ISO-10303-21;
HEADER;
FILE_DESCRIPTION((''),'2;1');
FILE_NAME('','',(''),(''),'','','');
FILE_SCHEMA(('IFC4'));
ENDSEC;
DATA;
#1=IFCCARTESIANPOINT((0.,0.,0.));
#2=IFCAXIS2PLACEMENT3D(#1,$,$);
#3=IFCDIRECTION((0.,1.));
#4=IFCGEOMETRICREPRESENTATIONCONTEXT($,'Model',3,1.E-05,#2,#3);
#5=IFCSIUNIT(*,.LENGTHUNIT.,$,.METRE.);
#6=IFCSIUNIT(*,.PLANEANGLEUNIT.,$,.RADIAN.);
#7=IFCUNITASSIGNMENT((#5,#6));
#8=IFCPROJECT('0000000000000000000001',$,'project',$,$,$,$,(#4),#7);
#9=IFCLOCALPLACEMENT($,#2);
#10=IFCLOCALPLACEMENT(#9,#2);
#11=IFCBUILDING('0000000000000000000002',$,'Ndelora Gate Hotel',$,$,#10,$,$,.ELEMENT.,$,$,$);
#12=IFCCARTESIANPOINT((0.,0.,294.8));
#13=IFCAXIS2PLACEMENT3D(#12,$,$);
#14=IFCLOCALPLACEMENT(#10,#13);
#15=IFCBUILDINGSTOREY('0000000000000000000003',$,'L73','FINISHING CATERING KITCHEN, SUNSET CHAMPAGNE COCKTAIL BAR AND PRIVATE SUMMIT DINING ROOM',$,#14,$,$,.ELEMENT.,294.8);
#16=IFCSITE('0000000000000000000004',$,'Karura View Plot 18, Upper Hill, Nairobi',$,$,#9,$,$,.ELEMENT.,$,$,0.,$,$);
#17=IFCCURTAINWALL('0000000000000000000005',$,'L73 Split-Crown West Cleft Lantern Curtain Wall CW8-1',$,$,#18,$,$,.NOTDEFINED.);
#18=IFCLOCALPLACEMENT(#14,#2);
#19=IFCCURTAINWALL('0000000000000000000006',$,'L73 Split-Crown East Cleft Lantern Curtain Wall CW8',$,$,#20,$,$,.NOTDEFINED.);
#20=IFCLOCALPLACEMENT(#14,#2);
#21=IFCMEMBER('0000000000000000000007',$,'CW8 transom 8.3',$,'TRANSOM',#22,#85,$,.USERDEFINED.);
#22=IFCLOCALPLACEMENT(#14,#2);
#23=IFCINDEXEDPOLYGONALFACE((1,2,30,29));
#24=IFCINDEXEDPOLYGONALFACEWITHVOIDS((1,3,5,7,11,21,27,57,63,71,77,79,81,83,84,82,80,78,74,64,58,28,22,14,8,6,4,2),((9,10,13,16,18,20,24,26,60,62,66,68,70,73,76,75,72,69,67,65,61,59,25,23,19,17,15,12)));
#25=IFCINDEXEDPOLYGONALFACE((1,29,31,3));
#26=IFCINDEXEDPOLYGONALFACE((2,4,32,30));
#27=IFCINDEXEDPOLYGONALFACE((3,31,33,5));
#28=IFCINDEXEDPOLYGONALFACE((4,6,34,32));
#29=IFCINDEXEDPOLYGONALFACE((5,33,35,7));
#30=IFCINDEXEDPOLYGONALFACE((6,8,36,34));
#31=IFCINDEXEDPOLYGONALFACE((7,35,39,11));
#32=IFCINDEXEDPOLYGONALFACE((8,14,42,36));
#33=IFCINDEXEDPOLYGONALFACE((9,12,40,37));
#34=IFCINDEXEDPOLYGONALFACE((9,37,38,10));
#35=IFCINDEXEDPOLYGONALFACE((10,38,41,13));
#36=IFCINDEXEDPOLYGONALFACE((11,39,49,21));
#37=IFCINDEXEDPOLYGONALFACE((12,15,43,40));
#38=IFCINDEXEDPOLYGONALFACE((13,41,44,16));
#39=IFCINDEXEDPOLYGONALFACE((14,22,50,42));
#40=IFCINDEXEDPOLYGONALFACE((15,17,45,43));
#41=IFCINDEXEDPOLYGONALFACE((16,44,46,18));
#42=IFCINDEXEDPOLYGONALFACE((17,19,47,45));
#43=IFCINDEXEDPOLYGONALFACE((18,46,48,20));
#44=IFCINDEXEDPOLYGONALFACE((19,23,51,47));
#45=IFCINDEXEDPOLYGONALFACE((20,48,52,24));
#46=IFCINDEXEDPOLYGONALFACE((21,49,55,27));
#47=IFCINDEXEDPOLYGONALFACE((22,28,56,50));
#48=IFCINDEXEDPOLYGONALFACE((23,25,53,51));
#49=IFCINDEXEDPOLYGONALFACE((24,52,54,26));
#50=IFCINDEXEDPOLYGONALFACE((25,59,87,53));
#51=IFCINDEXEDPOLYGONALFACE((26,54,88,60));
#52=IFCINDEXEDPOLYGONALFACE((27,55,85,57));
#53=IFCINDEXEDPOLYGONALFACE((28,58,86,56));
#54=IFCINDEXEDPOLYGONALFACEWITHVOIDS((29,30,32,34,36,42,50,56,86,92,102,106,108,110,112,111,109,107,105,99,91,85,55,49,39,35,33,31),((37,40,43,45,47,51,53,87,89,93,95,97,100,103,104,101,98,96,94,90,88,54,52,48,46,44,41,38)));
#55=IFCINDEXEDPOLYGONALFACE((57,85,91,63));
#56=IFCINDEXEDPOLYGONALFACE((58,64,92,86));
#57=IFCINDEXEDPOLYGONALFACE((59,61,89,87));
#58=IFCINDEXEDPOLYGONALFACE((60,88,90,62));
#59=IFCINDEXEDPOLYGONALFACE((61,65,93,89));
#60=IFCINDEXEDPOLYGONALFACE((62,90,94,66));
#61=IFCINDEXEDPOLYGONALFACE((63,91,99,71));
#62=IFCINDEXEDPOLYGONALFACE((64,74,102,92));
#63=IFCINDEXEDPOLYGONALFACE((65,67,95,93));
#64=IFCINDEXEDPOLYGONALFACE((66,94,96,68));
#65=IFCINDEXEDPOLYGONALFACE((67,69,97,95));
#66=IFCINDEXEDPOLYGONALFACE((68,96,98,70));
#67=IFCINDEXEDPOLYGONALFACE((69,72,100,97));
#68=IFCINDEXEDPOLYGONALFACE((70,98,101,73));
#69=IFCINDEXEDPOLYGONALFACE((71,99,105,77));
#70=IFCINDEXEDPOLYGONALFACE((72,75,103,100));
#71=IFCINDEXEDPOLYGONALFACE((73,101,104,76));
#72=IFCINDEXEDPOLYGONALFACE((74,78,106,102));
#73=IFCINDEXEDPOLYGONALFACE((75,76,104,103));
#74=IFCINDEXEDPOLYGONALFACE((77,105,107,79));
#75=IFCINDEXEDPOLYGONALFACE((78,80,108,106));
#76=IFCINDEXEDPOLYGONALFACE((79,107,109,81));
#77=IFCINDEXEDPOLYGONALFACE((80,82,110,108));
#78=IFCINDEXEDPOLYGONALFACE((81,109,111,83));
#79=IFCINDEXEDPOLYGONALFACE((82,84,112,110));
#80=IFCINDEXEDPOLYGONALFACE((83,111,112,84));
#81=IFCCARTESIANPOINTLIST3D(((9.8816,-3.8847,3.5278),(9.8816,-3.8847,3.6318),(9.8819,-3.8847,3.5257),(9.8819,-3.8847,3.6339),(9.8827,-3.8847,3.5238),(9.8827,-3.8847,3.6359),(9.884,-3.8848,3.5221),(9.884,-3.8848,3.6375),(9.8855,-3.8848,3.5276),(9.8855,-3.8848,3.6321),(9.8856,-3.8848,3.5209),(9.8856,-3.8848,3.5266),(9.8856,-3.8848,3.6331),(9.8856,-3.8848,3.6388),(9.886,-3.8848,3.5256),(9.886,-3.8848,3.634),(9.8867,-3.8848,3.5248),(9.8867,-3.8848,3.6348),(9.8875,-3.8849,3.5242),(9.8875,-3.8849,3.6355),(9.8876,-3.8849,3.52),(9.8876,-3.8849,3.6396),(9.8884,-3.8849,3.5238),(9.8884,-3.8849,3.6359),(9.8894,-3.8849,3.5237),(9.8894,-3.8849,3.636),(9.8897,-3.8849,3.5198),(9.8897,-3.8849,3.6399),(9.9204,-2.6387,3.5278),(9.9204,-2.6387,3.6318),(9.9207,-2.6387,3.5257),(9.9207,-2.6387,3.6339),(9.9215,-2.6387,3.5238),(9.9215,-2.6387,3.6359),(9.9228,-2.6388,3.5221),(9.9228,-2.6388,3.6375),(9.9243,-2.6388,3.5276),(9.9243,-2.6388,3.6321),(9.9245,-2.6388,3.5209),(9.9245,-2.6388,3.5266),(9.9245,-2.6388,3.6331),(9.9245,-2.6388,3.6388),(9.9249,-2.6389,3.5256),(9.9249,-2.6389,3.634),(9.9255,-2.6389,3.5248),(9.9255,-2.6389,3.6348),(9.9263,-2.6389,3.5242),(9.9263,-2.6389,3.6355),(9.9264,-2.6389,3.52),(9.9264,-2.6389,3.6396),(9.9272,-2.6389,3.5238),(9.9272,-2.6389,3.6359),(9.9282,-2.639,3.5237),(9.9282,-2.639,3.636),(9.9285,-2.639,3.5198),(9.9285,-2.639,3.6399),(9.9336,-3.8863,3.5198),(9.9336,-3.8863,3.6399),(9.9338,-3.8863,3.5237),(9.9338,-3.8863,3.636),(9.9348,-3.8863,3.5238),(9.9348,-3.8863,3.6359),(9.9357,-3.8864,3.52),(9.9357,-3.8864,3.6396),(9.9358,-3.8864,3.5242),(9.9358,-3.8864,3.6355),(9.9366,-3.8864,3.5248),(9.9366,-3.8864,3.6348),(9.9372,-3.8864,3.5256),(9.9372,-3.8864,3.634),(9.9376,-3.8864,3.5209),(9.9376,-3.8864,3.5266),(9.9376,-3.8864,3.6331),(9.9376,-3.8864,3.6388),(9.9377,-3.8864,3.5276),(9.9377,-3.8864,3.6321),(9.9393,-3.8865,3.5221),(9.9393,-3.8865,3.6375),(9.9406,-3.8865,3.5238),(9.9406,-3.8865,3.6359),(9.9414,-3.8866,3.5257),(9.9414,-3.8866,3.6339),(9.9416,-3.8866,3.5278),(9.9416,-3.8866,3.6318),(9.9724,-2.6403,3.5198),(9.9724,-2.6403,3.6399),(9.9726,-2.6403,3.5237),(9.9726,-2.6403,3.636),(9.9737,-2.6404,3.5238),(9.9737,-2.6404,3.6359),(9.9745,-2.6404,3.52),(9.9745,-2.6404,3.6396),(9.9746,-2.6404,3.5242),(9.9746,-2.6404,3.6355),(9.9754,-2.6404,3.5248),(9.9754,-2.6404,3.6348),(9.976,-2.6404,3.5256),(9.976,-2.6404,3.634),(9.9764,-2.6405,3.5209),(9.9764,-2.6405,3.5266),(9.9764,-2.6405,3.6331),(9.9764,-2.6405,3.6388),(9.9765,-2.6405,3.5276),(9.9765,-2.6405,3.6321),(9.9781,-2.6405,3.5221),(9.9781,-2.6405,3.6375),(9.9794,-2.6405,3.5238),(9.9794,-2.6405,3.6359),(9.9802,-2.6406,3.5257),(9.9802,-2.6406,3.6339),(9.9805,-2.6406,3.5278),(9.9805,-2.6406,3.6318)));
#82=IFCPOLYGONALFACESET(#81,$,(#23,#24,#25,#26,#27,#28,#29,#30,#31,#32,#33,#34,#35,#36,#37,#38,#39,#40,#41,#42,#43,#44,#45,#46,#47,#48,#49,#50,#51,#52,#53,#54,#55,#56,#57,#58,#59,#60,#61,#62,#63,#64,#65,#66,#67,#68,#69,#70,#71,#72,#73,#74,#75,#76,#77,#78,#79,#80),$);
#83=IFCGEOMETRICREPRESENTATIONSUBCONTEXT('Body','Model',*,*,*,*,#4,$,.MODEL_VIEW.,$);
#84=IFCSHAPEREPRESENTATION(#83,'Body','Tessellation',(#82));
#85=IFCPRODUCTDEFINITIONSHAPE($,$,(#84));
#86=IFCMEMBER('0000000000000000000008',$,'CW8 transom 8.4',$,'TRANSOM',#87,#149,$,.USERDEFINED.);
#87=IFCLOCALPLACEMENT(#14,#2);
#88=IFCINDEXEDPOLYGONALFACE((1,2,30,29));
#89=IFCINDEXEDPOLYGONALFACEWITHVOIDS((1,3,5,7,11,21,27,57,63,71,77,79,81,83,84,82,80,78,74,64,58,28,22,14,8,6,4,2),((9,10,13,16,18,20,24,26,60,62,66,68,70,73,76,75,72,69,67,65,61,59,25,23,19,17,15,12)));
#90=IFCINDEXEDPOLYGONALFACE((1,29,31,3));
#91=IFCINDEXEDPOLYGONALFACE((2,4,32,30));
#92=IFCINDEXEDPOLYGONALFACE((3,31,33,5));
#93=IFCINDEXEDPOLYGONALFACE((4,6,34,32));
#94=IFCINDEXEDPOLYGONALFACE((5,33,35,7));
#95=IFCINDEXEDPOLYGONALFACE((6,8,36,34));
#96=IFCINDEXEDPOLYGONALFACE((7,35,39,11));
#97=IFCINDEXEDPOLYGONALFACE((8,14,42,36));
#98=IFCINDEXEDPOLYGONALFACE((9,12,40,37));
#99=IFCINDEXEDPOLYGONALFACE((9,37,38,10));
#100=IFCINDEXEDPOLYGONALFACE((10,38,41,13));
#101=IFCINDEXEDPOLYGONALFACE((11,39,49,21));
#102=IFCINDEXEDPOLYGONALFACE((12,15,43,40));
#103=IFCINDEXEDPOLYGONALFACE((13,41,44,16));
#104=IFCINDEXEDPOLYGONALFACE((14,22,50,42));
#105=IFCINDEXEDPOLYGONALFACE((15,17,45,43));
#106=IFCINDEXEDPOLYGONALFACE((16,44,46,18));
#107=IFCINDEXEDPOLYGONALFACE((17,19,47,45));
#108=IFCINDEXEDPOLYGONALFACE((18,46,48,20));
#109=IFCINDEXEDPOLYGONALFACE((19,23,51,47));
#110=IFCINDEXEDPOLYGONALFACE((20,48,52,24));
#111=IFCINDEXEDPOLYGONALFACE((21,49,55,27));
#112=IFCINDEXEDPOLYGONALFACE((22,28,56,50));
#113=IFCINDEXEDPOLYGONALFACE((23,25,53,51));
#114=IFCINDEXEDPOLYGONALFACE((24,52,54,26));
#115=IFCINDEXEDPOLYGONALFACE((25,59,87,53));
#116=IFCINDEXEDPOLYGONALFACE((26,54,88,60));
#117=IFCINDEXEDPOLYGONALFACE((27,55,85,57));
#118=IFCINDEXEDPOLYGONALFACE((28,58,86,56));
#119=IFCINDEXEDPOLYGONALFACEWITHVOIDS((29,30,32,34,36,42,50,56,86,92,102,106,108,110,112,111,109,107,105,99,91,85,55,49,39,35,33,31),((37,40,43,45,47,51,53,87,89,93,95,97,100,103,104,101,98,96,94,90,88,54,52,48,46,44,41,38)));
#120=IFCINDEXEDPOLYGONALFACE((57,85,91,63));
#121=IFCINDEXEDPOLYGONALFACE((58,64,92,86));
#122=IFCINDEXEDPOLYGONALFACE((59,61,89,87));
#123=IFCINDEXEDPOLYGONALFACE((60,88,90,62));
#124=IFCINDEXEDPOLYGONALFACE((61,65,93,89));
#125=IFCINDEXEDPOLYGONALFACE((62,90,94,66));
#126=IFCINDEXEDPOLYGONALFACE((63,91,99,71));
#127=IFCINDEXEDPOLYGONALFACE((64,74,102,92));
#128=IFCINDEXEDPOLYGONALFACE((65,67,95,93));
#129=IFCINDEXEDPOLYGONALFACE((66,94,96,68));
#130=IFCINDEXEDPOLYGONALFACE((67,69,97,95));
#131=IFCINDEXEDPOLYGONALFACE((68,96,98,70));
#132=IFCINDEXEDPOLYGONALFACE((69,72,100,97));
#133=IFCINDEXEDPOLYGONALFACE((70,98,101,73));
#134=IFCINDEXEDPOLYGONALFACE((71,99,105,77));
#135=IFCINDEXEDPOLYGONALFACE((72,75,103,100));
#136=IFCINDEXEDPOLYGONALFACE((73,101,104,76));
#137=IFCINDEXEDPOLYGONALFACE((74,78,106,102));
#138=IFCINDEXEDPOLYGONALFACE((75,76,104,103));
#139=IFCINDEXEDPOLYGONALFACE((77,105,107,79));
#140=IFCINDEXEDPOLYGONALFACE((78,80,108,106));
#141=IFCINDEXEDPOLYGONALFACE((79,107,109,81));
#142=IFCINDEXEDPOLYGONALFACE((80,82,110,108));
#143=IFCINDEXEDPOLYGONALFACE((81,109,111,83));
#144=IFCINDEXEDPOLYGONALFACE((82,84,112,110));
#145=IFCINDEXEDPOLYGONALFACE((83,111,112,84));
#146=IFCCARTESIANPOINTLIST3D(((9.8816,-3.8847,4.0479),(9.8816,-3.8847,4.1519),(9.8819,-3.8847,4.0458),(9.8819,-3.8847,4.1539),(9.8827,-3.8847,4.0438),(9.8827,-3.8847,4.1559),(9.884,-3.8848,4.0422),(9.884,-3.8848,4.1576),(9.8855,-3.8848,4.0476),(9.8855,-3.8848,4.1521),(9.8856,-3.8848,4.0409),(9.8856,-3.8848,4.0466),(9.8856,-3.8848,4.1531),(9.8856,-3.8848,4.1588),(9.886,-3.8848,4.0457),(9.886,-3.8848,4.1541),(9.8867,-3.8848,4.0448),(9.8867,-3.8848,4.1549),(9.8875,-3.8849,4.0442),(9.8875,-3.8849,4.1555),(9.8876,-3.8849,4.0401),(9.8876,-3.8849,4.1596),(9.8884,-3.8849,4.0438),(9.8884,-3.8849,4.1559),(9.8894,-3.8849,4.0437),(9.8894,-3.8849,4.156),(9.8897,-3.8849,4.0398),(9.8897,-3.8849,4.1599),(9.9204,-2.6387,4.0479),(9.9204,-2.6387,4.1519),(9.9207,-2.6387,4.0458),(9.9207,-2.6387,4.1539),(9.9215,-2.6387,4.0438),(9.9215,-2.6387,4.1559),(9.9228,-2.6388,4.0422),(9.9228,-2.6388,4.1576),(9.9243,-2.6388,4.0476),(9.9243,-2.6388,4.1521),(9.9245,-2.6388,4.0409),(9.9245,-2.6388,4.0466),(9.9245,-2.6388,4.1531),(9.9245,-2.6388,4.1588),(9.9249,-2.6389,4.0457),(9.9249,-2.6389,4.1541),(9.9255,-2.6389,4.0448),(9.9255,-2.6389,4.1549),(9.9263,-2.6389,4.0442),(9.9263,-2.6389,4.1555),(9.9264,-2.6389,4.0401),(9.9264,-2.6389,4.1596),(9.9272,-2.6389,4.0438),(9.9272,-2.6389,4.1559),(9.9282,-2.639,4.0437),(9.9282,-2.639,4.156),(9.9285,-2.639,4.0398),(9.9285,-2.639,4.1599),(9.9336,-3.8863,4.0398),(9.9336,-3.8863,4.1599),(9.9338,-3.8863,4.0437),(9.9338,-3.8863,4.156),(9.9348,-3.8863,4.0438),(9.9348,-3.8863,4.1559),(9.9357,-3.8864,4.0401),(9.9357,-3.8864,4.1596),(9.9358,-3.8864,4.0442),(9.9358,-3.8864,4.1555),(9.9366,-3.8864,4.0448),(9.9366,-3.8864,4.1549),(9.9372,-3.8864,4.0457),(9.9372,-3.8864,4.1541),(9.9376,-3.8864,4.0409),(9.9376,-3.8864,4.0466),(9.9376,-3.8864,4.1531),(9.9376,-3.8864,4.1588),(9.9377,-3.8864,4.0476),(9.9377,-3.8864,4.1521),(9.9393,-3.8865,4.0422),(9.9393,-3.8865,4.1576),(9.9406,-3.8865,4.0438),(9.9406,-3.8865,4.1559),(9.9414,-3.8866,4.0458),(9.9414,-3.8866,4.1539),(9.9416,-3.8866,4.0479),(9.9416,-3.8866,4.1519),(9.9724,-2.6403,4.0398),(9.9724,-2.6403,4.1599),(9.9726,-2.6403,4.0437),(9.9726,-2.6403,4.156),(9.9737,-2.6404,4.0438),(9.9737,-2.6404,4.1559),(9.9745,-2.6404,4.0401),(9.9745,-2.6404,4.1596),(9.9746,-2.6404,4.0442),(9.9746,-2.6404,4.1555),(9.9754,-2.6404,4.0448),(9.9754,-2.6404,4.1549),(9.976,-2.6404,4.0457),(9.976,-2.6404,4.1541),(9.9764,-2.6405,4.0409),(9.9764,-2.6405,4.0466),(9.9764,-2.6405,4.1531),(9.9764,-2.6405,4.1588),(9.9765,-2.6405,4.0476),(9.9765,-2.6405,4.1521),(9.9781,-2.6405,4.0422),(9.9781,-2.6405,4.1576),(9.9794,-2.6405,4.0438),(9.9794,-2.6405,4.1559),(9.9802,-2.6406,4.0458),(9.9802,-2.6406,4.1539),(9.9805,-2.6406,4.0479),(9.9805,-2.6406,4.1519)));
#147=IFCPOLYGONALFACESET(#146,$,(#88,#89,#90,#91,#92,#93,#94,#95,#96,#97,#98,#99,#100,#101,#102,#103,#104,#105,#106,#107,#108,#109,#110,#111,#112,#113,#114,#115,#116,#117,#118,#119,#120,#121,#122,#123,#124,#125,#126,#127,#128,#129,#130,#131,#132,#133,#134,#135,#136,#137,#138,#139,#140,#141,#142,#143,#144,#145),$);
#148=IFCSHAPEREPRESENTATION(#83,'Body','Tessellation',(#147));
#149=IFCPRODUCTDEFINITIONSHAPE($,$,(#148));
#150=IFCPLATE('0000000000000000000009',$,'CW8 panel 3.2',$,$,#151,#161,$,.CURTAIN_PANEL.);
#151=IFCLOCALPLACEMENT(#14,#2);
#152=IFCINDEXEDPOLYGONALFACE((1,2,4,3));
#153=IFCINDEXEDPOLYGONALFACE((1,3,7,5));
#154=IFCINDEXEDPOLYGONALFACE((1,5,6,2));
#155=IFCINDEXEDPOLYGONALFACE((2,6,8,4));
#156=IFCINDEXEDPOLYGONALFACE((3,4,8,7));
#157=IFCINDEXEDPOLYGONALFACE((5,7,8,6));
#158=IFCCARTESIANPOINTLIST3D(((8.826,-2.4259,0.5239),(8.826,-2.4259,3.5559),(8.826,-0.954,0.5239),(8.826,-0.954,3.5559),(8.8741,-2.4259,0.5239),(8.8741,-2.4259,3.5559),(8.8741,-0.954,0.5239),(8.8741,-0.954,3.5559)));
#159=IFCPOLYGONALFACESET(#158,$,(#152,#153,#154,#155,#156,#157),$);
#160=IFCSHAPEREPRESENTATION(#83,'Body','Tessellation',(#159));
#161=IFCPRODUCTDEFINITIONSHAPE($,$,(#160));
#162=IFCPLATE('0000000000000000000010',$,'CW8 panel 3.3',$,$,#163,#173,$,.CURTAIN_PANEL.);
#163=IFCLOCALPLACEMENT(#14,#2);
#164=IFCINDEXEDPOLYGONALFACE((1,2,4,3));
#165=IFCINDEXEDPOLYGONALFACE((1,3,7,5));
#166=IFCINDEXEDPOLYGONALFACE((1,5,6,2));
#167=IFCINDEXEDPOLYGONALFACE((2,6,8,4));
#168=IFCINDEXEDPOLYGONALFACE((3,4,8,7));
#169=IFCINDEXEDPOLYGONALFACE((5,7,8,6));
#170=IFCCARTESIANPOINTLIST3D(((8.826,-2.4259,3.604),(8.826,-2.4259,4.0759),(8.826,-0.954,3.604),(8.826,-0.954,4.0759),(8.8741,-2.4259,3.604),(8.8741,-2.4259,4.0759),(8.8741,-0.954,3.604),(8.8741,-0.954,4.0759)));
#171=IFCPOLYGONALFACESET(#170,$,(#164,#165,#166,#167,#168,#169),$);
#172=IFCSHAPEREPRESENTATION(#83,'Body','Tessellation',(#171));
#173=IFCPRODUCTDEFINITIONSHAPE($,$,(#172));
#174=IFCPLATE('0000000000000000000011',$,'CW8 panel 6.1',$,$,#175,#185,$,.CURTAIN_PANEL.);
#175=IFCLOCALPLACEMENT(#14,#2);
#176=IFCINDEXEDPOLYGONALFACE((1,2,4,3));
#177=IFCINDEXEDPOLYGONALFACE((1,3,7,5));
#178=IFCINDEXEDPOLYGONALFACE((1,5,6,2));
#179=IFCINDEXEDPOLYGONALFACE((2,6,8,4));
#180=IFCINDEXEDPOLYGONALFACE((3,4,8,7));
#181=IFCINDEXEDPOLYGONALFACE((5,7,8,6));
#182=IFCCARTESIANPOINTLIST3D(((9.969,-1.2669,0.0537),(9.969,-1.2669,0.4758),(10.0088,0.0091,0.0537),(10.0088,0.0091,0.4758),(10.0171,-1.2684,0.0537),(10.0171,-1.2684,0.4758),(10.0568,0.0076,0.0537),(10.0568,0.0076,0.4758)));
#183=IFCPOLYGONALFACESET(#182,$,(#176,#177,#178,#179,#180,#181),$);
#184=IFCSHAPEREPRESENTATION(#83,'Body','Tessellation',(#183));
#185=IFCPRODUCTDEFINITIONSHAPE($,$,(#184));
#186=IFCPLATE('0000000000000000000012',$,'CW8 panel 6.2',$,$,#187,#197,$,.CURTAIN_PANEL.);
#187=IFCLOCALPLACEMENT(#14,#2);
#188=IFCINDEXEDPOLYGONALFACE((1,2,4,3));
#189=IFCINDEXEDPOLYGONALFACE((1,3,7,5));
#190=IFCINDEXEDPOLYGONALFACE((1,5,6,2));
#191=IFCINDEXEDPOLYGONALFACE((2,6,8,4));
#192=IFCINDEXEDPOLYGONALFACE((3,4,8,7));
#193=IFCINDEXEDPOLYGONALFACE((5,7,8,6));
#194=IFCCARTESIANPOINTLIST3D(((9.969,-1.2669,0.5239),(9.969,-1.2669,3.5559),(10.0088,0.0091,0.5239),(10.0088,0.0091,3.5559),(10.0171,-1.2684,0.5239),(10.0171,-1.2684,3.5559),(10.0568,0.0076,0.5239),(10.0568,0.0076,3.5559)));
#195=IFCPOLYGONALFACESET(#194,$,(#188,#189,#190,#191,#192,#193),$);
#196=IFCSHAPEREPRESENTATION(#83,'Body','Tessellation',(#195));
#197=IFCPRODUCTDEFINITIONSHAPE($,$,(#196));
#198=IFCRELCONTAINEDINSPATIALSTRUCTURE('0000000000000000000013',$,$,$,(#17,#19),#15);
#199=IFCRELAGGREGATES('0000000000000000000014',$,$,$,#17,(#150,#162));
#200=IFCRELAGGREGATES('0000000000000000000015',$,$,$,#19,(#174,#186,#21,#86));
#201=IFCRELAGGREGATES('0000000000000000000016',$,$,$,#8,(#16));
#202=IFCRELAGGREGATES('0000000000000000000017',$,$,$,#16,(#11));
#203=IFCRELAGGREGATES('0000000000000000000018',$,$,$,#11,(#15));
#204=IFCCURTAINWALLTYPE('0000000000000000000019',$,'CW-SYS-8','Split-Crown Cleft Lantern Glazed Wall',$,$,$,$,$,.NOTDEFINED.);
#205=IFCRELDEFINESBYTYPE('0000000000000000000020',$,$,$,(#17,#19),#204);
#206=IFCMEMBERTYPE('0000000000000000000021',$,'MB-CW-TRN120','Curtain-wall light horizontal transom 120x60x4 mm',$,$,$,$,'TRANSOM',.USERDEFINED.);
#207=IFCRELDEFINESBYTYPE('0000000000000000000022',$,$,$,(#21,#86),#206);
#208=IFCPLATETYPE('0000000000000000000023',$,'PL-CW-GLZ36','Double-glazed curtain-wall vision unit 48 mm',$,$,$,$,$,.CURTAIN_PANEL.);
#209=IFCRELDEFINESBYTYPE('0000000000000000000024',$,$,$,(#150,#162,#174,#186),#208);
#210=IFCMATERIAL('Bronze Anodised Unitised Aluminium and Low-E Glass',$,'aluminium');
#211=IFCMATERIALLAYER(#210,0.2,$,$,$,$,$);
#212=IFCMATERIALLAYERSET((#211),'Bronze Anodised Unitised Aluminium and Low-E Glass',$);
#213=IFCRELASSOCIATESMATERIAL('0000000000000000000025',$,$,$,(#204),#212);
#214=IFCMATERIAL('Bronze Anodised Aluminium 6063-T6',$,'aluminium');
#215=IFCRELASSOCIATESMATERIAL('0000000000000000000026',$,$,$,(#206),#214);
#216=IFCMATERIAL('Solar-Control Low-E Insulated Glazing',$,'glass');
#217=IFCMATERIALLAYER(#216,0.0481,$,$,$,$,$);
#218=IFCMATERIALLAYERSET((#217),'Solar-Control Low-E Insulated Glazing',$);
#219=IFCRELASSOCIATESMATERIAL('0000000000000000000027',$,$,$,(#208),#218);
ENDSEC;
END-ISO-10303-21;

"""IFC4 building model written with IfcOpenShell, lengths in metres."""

from ifc_helpers import new_model, si_unit, direction, frame, origin, origin_2d, place, context, subcontext, project, spatial, rectangle, hollow_rectangle, extrude, material, layer, layer_set, material_profile, profile_set, type_object, element, aggregate, save


model = new_model("IFC4")

# Units and contexts
model_context = context("Model", 3, precision=1e-05, world=origin(), true_north=direction((0.0, 1.0)))
body_context = subcontext(model_context, "Body", "Model", "MODEL_VIEW")
ifc_project = project(units=[si_unit("LENGTHUNIT", "METRE"), si_unit("PLANEANGLEUNIT", "RADIAN")], contexts=[model_context])

# Site, building, storey
site_placement = place(None, origin())
site = spatial("IfcSite", under=ifc_project, at=site_placement, Name="Karura View Plot 18, Upper Hill, Nairobi", CompositionType="ELEMENT", RefElevation=0.0)
building_placement = place(site_placement, origin())
building = spatial("IfcBuilding", under=site, at=building_placement, Name="Ndelora Gate Hotel", CompositionType="ELEMENT")
storey_placement = place(building_placement, frame((0.0, 0.0, 294.8)))
storey = spatial("IfcBuildingStorey", under=building, at=storey_placement, Name="L73", Description="FINISHING CATERING KITCHEN, SUNSET CHAMPAGNE COCKTAIL BAR AND PRIVATE SUMMIT DINING ROOM", CompositionType="ELEMENT", Elevation=294.8)

# Curtain wall
ifc_material_1 = material(Name="Bronze Anodised Unitised Aluminium and Low-E Glass", Category="aluminium")
ifc_layer_1 = layer(ifc_material_1, 0.2)
ifc_layer_set_1 = layer_set([ifc_layer_1], Name="Bronze Anodised Unitised Aluminium and Low-E Glass")
curtain_wall_type = type_object("IfcCurtainWallType", Name="CW-SYS-8", Description="Split-Crown Cleft Lantern Glazed Wall", PredefinedType="NOTDEFINED", material=ifc_layer_set_1)
curtain_wall_1_placement = place(storey_placement, origin())
curtain_wall_1 = element("IfcCurtainWall", 1, at=curtain_wall_1_placement, inside=storey, type_object=curtain_wall_type, Name="L73 Split-Crown West Cleft Lantern Curtain Wall CW8-1", PredefinedType="NOTDEFINED")
ifc_material_2 = material(Name="Bronze Anodised Aluminium 6063-T6", Category="aluminium")

# Curtain wall, members
curtain_wall_2_placement = place(storey_placement, origin())
curtain_wall_2 = element("IfcCurtainWall", 2, at=curtain_wall_2_placement, inside=storey, type_object=curtain_wall_type, Name="L73 Split-Crown East Cleft Lantern Curtain Wall CW8", PredefinedType="NOTDEFINED")
ifc_material_profile_1 = material_profile(ifc_material_2, hollow_rectangle(XDim=0.0601, YDim=0.1201, WallThickness=0.0039, InnerFilletRadius=0.0039, OuterFilletRadius=0.0081, at=origin_2d()), Name="ALU 120x60x4")
ifc_profile_set_1 = profile_set([ifc_material_profile_1], Name="Bronze Anodised Aluminium 6063-T6")
member_type_1 = type_object("IfcMemberType", Name="MB-CW-TRN120", Description="Curtain-wall light horizontal transom 120x60x4 mm", ElementType="TRANSOM", PredefinedType="USERDEFINED", material=ifc_profile_set_1)
member_1_placement = place(storey_placement, frame((9.9504, -2.6396, 3.5798), z_axis=(-0.031137, -0.999515, 0.0), x_axis=(0.999515, -0.031137, 0.0)))
member_1 = element("IfcMember", 3, at=member_1_placement, type_object=member_type_1, Name="CW8 transom 8.3", ObjectType="TRANSOM", PredefinedType="USERDEFINED", context=body_context, shape_type="SweptSolid", body=[
    extrude(hollow_rectangle(XDim=0.0601, YDim=0.1201, WallThickness=0.0039, InnerFilletRadius=0.0039, OuterFilletRadius=0.0081, at=origin_2d()), origin(), (0.0, 0.0, 1.0), 1.2466),
])
member_2_placement = place(storey_placement, frame((9.9504, -2.6396, 4.0999), z_axis=(-0.031137, -0.999515, 0.0), x_axis=(0.999515, -0.031137, 0.0)))
member_2 = element("IfcMember", 4, at=member_2_placement, type_object=member_type_1, Name="CW8 transom 8.4", ObjectType="TRANSOM", PredefinedType="USERDEFINED", context=body_context, shape_type="SweptSolid", body=[
    extrude(hollow_rectangle(XDim=0.0601, YDim=0.1201, WallThickness=0.0039, InnerFilletRadius=0.0039, OuterFilletRadius=0.0081, at=origin_2d()), origin(), (0.0, 0.0, 1.0), 1.2466),
])

# Plates
ifc_material_3 = material(Name="Solar-Control Low-E Insulated Glazing", Category="glass")
ifc_layer_2 = layer(ifc_material_3, 0.0481)
ifc_layer_set_2 = layer_set([ifc_layer_2], Name="Solar-Control Low-E Insulated Glazing")
plate_type = type_object("IfcPlateType", Name="PL-CW-GLZ36", Description="Double-glazed curtain-wall vision unit 48 mm", PredefinedType="CURTAIN_PANEL", material=ifc_layer_set_2)
plate_1_placement = place(storey_placement, frame((8.8501, -1.6899, 0.5239), z_axis=(0.0, 0.0, 1.0), x_axis=(0.0, 1.0, 0.0)))
plate_1 = element("IfcPlate", 5, at=plate_1_placement, type_object=plate_type, Name="CW8 panel 3.2", PredefinedType="CURTAIN_PANEL", context=body_context, shape_type="SweptSolid", body=[
    extrude(rectangle(XDim=1.4719, YDim=0.0481, at=origin_2d()), origin(), (0.0, 0.0, 1.0), 3.032),
])
plate_2_placement = place(storey_placement, frame((8.8501, -1.6899, 3.604), z_axis=(0.0, 0.0, 1.0), x_axis=(0.0, 1.0, 0.0)))
plate_2 = element("IfcPlate", 6, at=plate_2_placement, type_object=plate_type, Name="CW8 panel 3.3", PredefinedType="CURTAIN_PANEL", context=body_context, shape_type="SweptSolid", body=[
    extrude(rectangle(XDim=1.4719, YDim=0.0481, at=origin_2d()), origin(), (0.0, 0.0, 1.0), 0.4719),
])
aggregate(curtain_wall_1, [plate_1, plate_2])
plate_3_placement = place(storey_placement, frame((10.0129, -0.6296, 0.0537), z_axis=(0.0, 0.0, 1.0), x_axis=(-0.031131, -0.999515, 0.0)))
plate_3 = element("IfcPlate", 7, at=plate_3_placement, type_object=plate_type, Name="CW8 panel 6.1", PredefinedType="CURTAIN_PANEL", context=body_context, shape_type="SweptSolid", body=[
    extrude(rectangle(XDim=1.2766, YDim=0.0481, at=origin_2d()), origin(), (0.0, 0.0, 1.0), 0.4221),
])
plate_4_placement = place(storey_placement, frame((10.0129, -0.6296, 0.5239), z_axis=(0.0, 0.0, 1.0), x_axis=(-0.031131, -0.999515, 0.0)))
plate_4 = element("IfcPlate", 8, at=plate_4_placement, type_object=plate_type, Name="CW8 panel 6.2", PredefinedType="CURTAIN_PANEL", context=body_context, shape_type="SweptSolid", body=[
    extrude(rectangle(XDim=1.2766, YDim=0.0481, at=origin_2d()), origin(), (0.0, 0.0, 1.0), 3.032),
])
aggregate(curtain_wall_2, [plate_3, plate_4, member_1, member_2])

save(model, "model.ifc")
